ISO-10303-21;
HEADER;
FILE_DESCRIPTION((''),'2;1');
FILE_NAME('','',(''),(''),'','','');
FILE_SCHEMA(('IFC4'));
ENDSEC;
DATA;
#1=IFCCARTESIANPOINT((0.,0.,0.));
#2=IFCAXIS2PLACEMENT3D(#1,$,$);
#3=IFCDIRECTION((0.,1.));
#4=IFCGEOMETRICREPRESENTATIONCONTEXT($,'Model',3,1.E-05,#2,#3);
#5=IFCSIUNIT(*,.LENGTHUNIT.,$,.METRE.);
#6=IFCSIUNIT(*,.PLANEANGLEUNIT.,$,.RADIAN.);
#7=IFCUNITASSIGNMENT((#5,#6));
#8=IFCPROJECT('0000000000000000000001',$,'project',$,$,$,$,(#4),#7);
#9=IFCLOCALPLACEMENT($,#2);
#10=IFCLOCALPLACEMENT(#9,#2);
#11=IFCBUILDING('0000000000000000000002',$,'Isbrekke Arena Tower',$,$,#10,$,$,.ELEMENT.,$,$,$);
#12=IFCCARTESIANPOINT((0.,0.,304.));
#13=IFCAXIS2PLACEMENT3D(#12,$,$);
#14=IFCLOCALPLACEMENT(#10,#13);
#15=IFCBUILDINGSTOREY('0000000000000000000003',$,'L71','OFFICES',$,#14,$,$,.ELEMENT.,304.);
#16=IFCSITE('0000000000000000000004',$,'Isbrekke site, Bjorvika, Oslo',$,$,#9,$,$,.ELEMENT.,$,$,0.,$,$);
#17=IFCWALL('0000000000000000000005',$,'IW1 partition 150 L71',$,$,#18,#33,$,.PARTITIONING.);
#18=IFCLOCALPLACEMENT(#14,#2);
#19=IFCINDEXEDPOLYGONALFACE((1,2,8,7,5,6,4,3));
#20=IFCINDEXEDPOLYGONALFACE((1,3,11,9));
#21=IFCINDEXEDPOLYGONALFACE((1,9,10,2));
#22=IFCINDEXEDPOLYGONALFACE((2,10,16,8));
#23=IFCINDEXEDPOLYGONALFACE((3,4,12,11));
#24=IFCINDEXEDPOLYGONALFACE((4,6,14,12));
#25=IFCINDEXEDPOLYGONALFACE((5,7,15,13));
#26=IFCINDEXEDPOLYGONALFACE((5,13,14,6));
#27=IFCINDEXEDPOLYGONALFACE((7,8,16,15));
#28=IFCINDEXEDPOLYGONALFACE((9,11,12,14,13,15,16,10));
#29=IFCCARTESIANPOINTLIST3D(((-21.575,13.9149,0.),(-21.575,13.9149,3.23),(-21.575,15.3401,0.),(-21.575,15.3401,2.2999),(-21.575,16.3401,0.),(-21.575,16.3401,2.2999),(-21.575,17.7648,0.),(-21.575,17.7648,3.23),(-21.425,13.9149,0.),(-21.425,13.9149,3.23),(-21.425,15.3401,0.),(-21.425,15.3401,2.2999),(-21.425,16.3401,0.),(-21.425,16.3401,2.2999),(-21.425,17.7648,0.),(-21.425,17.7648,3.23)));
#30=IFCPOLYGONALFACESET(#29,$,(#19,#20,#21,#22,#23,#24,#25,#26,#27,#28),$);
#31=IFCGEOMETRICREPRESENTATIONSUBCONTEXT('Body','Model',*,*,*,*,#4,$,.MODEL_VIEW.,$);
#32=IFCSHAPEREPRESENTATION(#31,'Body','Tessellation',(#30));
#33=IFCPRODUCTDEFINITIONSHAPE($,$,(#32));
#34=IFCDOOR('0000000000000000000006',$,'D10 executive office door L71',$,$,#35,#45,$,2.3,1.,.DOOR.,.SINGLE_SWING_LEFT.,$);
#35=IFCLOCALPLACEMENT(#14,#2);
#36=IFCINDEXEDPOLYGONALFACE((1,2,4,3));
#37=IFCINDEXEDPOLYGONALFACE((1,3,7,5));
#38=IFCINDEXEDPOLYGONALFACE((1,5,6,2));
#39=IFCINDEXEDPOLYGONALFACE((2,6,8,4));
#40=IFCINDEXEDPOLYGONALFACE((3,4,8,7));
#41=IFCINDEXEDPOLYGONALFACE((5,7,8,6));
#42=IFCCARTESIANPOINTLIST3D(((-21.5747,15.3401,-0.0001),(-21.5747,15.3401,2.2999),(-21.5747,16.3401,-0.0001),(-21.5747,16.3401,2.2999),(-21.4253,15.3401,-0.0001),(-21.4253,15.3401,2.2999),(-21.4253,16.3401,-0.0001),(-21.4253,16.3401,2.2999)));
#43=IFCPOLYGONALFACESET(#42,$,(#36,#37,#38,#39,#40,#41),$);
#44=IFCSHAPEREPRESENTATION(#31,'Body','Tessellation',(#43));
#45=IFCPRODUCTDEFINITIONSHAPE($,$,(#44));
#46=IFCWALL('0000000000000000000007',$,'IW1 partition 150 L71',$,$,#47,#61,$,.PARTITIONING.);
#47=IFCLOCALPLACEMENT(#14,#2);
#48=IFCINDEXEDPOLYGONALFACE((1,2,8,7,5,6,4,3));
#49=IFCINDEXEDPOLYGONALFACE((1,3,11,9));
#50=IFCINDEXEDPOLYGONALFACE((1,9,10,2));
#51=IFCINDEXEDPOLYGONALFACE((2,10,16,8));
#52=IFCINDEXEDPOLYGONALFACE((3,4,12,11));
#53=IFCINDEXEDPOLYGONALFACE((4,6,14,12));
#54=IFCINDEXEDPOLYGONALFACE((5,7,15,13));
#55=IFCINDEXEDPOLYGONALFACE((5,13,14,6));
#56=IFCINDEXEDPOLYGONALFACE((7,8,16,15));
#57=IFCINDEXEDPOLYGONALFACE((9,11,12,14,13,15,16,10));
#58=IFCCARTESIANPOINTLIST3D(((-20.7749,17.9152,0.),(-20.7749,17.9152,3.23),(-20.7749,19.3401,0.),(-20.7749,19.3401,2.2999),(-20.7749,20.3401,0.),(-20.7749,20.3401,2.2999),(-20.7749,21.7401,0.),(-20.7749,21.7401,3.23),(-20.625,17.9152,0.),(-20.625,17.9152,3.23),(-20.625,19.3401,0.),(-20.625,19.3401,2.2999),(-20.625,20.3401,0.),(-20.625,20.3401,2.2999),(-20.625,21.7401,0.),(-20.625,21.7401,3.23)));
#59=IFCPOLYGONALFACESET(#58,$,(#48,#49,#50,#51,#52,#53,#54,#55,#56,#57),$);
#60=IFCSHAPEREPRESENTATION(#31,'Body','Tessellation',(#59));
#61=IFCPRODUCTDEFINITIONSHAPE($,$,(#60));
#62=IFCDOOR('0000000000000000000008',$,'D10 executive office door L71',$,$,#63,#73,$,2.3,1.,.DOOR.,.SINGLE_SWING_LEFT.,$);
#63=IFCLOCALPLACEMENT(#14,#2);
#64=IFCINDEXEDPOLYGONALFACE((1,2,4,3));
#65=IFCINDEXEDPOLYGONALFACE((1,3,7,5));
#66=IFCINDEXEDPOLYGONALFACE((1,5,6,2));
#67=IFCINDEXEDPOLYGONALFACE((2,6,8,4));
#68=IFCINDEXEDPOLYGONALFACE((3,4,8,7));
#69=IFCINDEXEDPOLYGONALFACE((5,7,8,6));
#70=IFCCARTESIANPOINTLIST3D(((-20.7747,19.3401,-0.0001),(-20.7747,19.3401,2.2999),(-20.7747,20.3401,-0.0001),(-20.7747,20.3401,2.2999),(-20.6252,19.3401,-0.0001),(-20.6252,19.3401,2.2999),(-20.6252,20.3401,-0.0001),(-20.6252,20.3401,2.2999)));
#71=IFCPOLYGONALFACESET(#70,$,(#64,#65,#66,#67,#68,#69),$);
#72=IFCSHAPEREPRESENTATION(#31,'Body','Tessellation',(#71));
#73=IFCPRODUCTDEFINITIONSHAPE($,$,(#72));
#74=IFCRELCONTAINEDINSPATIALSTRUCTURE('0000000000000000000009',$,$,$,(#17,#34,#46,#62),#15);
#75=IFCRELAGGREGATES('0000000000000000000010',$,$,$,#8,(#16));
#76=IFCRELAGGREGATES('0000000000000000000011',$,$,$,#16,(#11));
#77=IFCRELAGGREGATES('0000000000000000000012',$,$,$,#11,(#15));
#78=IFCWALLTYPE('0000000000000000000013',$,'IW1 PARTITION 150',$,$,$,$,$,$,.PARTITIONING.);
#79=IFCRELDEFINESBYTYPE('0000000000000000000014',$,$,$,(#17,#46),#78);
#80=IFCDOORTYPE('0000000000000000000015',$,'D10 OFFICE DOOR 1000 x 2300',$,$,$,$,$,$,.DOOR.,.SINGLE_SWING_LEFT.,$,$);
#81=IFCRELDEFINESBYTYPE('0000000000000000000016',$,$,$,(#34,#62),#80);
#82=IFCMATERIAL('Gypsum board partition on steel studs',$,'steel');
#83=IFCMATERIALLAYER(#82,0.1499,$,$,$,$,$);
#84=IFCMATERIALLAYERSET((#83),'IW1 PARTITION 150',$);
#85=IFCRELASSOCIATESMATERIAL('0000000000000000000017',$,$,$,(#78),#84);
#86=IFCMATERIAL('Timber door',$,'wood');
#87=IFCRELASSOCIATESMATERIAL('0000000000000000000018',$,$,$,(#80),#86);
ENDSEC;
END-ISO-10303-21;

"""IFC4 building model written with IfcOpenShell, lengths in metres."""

from ifc_helpers import new_model, si_unit, direction, frame, frame_2d, origin, place, context, subcontext, project, spatial, rectangle, extrude, material, layer, layer_set, type_object, element, fill, save


model = new_model("IFC4")

# Units and contexts
model_context = context("Model", 3, precision=1e-05, world=origin(), true_north=direction((0.0, 1.0)))
body_context = subcontext(model_context, "Body", "Model", "MODEL_VIEW")
ifc_project = project(units=[si_unit("LENGTHUNIT", "METRE"), si_unit("PLANEANGLEUNIT", "RADIAN")], contexts=[model_context])

# Site, building, storey
site_placement = place(None, origin())
site = spatial("IfcSite", under=ifc_project, at=site_placement, Name="Isbrekke site, Bjorvika, Oslo", CompositionType="ELEMENT", RefElevation=0.0)
building_placement = place(site_placement, origin())
building = spatial("IfcBuilding", under=site, at=building_placement, Name="Isbrekke Arena Tower", CompositionType="ELEMENT")
storey_placement = place(building_placement, frame((0.0, 0.0, 304.0)))
storey = spatial("IfcBuildingStorey", under=building, at=storey_placement, Name="L71", Description="OFFICES", CompositionType="ELEMENT", Elevation=304.0)

# Shared definitions
ifc_material_1 = material(Name="Gypsum board partition on steel studs", Category="steel")
ifc_layer_1 = layer(ifc_material_1, 0.1499)
ifc_layer_set_1 = layer_set([ifc_layer_1], Name="IW1 PARTITION 150")
wall_type = type_object("IfcWallType", Name="IW1 PARTITION 150", PredefinedType="PARTITIONING", material=ifc_layer_set_1)

# Walls, openings, doors
wall_1_placement = place(storey_placement, frame((-21.5, 13.915, 0.0), z_axis=(0.0, 0.0, 1.0), x_axis=(0.0, 1.0, 0.0)))
wall_1 = element("IfcWall", 1, at=wall_1_placement, inside=storey, type_object=wall_type, Name="IW1 partition 150 L71", PredefinedType="PARTITIONING", context=body_context, shape_type="SweptSolid", body=[
    extrude(rectangle(XDim=3.8499, YDim=0.1499, at=frame_2d((1.9248, 0.0))), origin(), (0.0, 0.0, 1.0), 3.23),
])
opening_1_placement = place(wall_1_placement, frame((1.425, 0.0, 0.0)))
opening_1 = element("IfcOpeningElement", 2, at=opening_1_placement, cuts=wall_1, PredefinedType="OPENING", context=body_context, shape_type="SweptSolid", body=[
    extrude(rectangle(XDim=1.0, YDim=2.3, at=frame_2d((0.5, 1.1499))), frame((0.0, 0.0898, 0.0), z_axis=(0.0, -1.0, 0.0), x_axis=(1.0, 0.0, 0.0)), (0.0, 0.0, 1.0), 0.1797),
])
ifc_material_2 = material(Name="Timber door", Category="wood")
door_type = type_object("IfcDoorType", Name="D10 OFFICE DOOR 1000 x 2300", OperationType="SINGLE_SWING_LEFT", PredefinedType="DOOR", material=ifc_material_2)
door_1_placement = place(opening_1_placement, origin())
door_1 = element("IfcDoor", 3, at=door_1_placement, inside=storey, type_object=door_type, Name="D10 executive office door L71", OperationType="SINGLE_SWING_LEFT", OverallHeight=2.3, OverallWidth=1.0, PredefinedType="DOOR", context=body_context, shape_type="SweptSolid", body=[
    extrude(rectangle(XDim=1.0, YDim=2.3, at=frame_2d((0.5, 1.1499))), frame((0.0, 0.0747, 0.0), z_axis=(0.0, -1.0, 0.0), x_axis=(1.0, 0.0, 0.0)), (0.0, 0.0, 1.0), 0.1494),
])
fill(opening_1, door_1)
wall_2_placement = place(storey_placement, frame((-20.7, 17.915, 0.0), z_axis=(0.0, 0.0, 1.0), x_axis=(0.0, 1.0, 0.0)))
wall_2 = element("IfcWall", 4, at=wall_2_placement, inside=storey, type_object=wall_type, Name="IW1 partition 150 L71", PredefinedType="PARTITIONING", context=body_context, shape_type="SweptSolid", body=[
    extrude(rectangle(XDim=3.825, YDim=0.1499, at=frame_2d((1.9126, 0.0))), origin(), (0.0, 0.0, 1.0), 3.23),
])
opening_2_placement = place(wall_2_placement, frame((1.425, 0.0, 0.0)))
opening_2 = element("IfcOpeningElement", 5, at=opening_2_placement, cuts=wall_2, PredefinedType="OPENING", context=body_context, shape_type="SweptSolid", body=[
    extrude(rectangle(XDim=1.0, YDim=2.3, at=frame_2d((0.5, 1.1499))), frame((0.0, 0.0898, 0.0), z_axis=(0.0, -1.0, 0.0), x_axis=(1.0, 0.0, 0.0)), (0.0, 0.0, 1.0), 0.1797),
])
door_2_placement = place(opening_2_placement, origin())
door_2 = element("IfcDoor", 6, at=door_2_placement, inside=storey, type_object=door_type, Name="D10 executive office door L71", OperationType="SINGLE_SWING_LEFT", OverallHeight=2.3, OverallWidth=1.0, PredefinedType="DOOR", context=body_context, shape_type="SweptSolid", body=[
    extrude(rectangle(XDim=1.0, YDim=2.3, at=frame_2d((0.5, 1.1499))), frame((0.0, 0.0747, 0.0), z_axis=(0.0, -1.0, 0.0), x_axis=(1.0, 0.0, 0.0)), (0.0, 0.0, 1.0), 0.1494),
])
fill(opening_2, door_2)

save(model, "model.ifc")
